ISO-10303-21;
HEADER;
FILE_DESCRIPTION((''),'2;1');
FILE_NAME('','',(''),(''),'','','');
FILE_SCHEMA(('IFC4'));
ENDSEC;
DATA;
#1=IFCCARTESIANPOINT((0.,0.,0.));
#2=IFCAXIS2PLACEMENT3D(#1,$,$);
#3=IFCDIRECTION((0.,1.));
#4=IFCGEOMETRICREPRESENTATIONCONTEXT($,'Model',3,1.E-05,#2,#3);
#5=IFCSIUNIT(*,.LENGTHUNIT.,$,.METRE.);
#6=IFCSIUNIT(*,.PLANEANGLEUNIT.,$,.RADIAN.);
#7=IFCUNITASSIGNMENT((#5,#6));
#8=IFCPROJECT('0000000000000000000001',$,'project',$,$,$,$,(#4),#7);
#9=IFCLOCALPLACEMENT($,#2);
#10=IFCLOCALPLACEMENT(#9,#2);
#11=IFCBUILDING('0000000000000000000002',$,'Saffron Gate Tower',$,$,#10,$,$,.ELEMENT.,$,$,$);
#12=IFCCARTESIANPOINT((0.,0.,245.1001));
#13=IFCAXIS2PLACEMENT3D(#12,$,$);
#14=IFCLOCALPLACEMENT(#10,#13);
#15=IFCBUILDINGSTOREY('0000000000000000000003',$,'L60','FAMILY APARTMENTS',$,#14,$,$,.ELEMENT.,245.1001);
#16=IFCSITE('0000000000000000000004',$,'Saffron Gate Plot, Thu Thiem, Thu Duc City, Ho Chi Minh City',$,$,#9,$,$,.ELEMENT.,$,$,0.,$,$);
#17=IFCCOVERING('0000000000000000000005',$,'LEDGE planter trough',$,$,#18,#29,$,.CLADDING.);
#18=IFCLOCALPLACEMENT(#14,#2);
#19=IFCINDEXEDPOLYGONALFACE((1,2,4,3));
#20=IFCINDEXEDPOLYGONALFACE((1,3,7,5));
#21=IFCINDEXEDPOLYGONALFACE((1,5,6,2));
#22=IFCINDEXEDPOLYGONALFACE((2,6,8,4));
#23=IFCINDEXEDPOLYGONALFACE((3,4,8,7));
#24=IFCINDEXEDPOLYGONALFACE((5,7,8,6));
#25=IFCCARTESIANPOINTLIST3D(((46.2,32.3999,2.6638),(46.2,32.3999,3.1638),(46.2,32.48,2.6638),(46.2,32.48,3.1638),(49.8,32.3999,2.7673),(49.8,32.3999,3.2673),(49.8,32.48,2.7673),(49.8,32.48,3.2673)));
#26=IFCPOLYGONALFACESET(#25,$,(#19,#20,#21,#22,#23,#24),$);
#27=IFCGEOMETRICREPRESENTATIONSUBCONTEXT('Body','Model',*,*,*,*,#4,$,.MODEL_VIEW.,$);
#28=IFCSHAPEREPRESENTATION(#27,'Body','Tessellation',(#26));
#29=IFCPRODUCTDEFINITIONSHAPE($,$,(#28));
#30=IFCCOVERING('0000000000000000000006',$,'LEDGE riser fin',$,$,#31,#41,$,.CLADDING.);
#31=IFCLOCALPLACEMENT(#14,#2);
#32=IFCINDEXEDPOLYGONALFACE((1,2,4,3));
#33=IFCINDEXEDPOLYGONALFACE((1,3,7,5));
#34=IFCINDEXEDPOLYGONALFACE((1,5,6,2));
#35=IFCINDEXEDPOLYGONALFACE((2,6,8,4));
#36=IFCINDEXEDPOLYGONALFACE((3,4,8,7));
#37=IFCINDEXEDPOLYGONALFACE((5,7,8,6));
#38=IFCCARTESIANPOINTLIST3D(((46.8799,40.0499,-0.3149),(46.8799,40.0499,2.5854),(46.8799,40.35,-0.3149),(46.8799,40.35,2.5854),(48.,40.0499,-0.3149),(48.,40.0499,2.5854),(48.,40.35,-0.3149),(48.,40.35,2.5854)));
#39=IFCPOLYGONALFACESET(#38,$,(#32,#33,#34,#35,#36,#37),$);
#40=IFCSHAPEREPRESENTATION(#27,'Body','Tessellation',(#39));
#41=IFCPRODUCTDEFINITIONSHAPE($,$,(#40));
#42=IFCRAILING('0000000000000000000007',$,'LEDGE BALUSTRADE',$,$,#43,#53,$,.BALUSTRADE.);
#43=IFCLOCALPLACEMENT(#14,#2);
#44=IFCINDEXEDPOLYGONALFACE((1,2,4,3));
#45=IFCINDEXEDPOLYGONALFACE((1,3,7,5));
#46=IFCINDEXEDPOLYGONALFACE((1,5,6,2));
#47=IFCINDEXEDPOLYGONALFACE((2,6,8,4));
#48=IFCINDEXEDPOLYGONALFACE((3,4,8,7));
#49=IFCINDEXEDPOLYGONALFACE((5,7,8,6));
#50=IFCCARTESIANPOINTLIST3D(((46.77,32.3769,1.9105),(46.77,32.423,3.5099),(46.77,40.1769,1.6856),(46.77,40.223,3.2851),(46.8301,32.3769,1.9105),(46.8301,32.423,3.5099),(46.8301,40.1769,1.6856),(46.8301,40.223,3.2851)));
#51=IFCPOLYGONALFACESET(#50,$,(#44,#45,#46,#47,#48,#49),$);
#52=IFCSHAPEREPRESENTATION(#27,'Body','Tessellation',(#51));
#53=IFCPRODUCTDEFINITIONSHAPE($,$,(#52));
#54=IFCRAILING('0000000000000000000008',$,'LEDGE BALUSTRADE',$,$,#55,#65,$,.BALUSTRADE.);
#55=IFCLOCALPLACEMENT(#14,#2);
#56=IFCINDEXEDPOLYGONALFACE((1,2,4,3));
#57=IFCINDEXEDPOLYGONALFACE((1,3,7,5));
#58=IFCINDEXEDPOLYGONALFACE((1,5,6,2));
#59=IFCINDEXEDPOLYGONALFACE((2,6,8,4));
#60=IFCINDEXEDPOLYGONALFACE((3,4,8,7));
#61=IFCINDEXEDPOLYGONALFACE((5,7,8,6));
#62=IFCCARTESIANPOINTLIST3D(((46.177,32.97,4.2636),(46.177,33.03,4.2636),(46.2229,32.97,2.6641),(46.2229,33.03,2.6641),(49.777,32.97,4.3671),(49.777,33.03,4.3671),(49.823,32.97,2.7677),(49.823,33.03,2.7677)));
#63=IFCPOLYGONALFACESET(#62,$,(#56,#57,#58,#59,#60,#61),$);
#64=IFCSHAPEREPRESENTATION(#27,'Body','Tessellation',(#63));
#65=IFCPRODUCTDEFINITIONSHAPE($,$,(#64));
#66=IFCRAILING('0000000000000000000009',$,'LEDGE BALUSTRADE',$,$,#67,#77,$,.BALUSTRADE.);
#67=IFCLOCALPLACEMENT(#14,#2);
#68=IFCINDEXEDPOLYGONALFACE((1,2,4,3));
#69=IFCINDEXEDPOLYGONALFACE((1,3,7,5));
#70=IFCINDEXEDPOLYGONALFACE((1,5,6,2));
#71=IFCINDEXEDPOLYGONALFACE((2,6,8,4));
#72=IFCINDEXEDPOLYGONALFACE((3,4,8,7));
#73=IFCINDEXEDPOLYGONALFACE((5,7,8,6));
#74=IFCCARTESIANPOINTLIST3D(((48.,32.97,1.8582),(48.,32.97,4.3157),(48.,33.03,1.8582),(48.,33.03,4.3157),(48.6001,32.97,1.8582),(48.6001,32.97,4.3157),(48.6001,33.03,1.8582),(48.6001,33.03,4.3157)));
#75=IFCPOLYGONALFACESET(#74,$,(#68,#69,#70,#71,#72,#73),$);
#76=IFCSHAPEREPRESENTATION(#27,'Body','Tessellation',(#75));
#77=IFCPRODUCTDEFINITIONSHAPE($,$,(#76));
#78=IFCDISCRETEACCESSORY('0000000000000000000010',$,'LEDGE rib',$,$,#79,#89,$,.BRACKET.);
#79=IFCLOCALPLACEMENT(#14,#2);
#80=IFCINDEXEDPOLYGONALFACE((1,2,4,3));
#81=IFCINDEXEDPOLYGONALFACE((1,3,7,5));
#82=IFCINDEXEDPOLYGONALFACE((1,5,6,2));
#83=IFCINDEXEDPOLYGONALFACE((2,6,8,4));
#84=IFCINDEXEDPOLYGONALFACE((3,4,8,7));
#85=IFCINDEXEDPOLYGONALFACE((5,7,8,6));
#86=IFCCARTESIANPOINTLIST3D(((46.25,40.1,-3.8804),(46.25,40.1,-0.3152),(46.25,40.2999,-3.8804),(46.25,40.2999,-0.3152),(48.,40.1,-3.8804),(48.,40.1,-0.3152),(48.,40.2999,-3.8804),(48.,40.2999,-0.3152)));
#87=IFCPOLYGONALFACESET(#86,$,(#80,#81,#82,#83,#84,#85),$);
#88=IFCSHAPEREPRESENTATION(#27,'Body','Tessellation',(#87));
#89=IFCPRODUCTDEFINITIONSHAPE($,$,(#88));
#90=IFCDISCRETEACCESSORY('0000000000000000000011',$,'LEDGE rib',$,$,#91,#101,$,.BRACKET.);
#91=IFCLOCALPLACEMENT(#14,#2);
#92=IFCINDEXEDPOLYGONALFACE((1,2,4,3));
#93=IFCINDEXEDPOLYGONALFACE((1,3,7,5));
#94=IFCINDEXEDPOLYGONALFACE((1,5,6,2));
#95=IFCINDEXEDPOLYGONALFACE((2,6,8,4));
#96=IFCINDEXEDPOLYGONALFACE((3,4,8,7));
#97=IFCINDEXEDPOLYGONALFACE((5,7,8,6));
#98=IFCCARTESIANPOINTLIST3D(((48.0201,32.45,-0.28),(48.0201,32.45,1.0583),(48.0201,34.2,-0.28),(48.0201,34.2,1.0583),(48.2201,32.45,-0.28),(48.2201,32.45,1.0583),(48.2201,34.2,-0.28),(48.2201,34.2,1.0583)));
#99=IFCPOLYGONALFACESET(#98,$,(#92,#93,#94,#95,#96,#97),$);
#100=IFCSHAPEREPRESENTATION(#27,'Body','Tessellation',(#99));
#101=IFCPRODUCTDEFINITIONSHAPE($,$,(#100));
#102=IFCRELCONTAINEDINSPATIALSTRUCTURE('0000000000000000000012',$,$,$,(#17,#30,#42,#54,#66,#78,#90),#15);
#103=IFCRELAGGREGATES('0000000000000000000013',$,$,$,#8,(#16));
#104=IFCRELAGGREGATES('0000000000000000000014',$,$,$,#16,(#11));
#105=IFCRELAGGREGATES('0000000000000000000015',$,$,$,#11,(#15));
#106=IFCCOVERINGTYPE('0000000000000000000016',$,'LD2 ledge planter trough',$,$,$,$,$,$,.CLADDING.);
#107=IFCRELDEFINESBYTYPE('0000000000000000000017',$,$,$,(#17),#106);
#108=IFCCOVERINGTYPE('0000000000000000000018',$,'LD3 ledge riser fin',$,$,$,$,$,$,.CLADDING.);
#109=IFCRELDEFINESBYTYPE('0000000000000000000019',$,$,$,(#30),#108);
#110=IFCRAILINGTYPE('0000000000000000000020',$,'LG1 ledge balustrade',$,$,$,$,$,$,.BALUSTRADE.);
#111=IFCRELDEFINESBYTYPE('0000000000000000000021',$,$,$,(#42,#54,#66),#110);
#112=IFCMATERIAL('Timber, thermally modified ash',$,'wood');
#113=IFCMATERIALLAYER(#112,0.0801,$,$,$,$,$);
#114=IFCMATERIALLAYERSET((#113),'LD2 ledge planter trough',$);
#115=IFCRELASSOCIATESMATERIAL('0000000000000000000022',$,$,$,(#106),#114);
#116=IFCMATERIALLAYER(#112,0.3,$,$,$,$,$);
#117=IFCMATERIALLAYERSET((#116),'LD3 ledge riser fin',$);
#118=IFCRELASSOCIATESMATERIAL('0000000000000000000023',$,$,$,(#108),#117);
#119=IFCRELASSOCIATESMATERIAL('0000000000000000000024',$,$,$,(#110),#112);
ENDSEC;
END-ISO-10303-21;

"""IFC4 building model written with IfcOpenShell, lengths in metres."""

from ifc_helpers import new_model, si_unit, direction, frame, origin, origin_2d, place, context, subcontext, project, spatial, polyline, rectangle, outline, extrude, material, layer, layer_set, type_object, element, save


model = new_model("IFC4")

# Units and contexts
model_context = context("Model", 3, precision=1e-05, world=origin(), true_north=direction((0.0, 1.0)))
body_context = subcontext(model_context, "Body", "Model", "MODEL_VIEW")
ifc_project = project(units=[si_unit("LENGTHUNIT", "METRE"), si_unit("PLANEANGLEUNIT", "RADIAN")], contexts=[model_context])

# Site, building, storey
site_placement = place(None, origin())
site = spatial("IfcSite", under=ifc_project, at=site_placement, Name="Saffron Gate Plot, Thu Thiem, Thu Duc City, Ho Chi Minh City", CompositionType="ELEMENT", RefElevation=0.0)
building_placement = place(site_placement, origin())
building = spatial("IfcBuilding", under=site, at=building_placement, Name="Saffron Gate Tower", CompositionType="ELEMENT")
storey_placement = place(building_placement, frame((0.0, 0.0, 245.1001)))
storey = spatial("IfcBuildingStorey", under=building, at=storey_placement, Name="L60", Description="FAMILY APARTMENTS", CompositionType="ELEMENT", Elevation=245.1001)

# Coverings
ifc_material_1 = material(Name="Timber, thermally modified ash", Category="wood")
ifc_layer_1 = layer(ifc_material_1, 0.0801)
ifc_layer_set_1 = layer_set([ifc_layer_1], Name="LD2 ledge planter trough")
covering_type_1 = type_object("IfcCoveringType", Name="LD2 ledge planter trough", PredefinedType="CLADDING", material=ifc_layer_set_1)
covering_1_placement = place(storey_placement, frame((46.2, 32.3999, 2.6638), z_axis=(0.0, -1.0, 0.0), x_axis=(0.999587, 0.0, 0.028742)))
element("IfcCovering", 1, at=covering_1_placement, inside=storey, type_object=covering_type_1, Name="LEDGE planter trough", PredefinedType="CLADDING", context=body_context, shape_type="SweptSolid", body=[
    extrude(outline(polyline([(0.0, 0.0), (3.6016, 0.0), (3.616, 0.4998), (0.0144, 0.4998), (0.0, 0.0)])), origin(), (0.0, 0.0, -1.0), 0.0801),
])
ifc_layer_2 = layer(ifc_material_1, 0.3)
ifc_layer_set_2 = layer_set([ifc_layer_2], Name="LD3 ledge riser fin")
covering_type_2 = type_object("IfcCoveringType", Name="LD3 ledge riser fin", PredefinedType="CLADDING", material=ifc_layer_set_2)
covering_2_placement = place(storey_placement, frame((47.4399, 40.2, -0.3149), z_axis=(0.0, 0.0, 1.0), x_axis=(0.0, -1.0, 0.0)))
element("IfcCovering", 2, at=covering_2_placement, inside=storey, type_object=covering_type_2, Name="LEDGE riser fin", PredefinedType="CLADDING", context=body_context, shape_type="SweptSolid", body=[
    extrude(rectangle(XDim=0.3, YDim=1.1201, at=origin_2d()), origin(), (0.0, 0.0, 1.0), 2.9004),
])

# Railings
railing_type = type_object("IfcRailingType", Name="LG1 ledge balustrade", PredefinedType="BALUSTRADE", material=ifc_material_1)
railing_1_placement = place(storey_placement, frame((46.8, 40.2, 1.6853)))
element("IfcRailing", 3, at=railing_1_placement, inside=storey, type_object=railing_type, Name="LEDGE BALUSTRADE", PredefinedType="BALUSTRADE", context=body_context, shape_type="SweptSolid", body=[
    extrude(rectangle(XDim=0.0601, YDim=1.6001, at=origin_2d()), frame((0.0, 0.0, 0.8), z_axis=(0.0, -0.999585, 0.028815), x_axis=(1.0, 0.0, 0.0)), (0.0, 0.0, 1.0), 7.8032),
])
railing_2_placement = place(storey_placement, frame((46.2, 33.0, 2.6638)))
element("IfcRailing", 4, at=railing_2_placement, inside=storey, type_object=railing_type, Name="LEDGE BALUSTRADE", PredefinedType="BALUSTRADE", context=body_context, shape_type="SweptSolid", body=[
    extrude(rectangle(XDim=0.0601, YDim=1.6001, at=origin_2d()), frame((0.0, 0.0, 0.8), z_axis=(0.999587, 0.0, 0.028742), x_axis=(0.0, 1.0, 0.0)), (0.0, 0.0, 1.0), 3.6016),
])
railing_3_placement = place(storey_placement, frame((48.0, 33.0, 1.8582)))
element("IfcRailing", 5, at=railing_3_placement, inside=storey, type_object=railing_type, Name="LEDGE BALUSTRADE", PredefinedType="BALUSTRADE", context=body_context, shape_type="SweptSolid", body=[
    extrude(rectangle(XDim=0.0601, YDim=2.4575, at=origin_2d()), frame((0.0, 0.0, 1.2288), z_axis=(1.0, 0.0, 0.0), x_axis=(0.0, 1.0, 0.0)), (0.0, 0.0, 1.0), 0.6001),
])

# Discrete accessories
discrete_accessory_1_placement = place(storey_placement, frame((47.125, 40.2, -3.8804), z_axis=(0.0, 0.0, 1.0), x_axis=(0.0, -1.0, 0.0)))
element("IfcDiscreteAccessory", 6, at=discrete_accessory_1_placement, inside=storey, Name="LEDGE rib", PredefinedType="BRACKET", context=body_context, shape_type="SweptSolid", body=[
    extrude(rectangle(XDim=0.2, YDim=1.75, at=origin_2d()), origin(), (0.0, 0.0, 1.0), 3.5652),
])
discrete_accessory_2_placement = place(storey_placement, frame((48.1201, 33.325, -0.28), z_axis=(0.0, 0.0, 1.0), x_axis=(1.0, 0.0, 0.0)))
element("IfcDiscreteAccessory", 7, at=discrete_accessory_2_placement, inside=storey, Name="LEDGE rib", PredefinedType="BRACKET", context=body_context, shape_type="SweptSolid", body=[
    extrude(rectangle(XDim=0.2, YDim=1.75, at=origin_2d()), origin(), (0.0, 0.0, 1.0), 1.3384),
])

save(model, "model.ifc")
